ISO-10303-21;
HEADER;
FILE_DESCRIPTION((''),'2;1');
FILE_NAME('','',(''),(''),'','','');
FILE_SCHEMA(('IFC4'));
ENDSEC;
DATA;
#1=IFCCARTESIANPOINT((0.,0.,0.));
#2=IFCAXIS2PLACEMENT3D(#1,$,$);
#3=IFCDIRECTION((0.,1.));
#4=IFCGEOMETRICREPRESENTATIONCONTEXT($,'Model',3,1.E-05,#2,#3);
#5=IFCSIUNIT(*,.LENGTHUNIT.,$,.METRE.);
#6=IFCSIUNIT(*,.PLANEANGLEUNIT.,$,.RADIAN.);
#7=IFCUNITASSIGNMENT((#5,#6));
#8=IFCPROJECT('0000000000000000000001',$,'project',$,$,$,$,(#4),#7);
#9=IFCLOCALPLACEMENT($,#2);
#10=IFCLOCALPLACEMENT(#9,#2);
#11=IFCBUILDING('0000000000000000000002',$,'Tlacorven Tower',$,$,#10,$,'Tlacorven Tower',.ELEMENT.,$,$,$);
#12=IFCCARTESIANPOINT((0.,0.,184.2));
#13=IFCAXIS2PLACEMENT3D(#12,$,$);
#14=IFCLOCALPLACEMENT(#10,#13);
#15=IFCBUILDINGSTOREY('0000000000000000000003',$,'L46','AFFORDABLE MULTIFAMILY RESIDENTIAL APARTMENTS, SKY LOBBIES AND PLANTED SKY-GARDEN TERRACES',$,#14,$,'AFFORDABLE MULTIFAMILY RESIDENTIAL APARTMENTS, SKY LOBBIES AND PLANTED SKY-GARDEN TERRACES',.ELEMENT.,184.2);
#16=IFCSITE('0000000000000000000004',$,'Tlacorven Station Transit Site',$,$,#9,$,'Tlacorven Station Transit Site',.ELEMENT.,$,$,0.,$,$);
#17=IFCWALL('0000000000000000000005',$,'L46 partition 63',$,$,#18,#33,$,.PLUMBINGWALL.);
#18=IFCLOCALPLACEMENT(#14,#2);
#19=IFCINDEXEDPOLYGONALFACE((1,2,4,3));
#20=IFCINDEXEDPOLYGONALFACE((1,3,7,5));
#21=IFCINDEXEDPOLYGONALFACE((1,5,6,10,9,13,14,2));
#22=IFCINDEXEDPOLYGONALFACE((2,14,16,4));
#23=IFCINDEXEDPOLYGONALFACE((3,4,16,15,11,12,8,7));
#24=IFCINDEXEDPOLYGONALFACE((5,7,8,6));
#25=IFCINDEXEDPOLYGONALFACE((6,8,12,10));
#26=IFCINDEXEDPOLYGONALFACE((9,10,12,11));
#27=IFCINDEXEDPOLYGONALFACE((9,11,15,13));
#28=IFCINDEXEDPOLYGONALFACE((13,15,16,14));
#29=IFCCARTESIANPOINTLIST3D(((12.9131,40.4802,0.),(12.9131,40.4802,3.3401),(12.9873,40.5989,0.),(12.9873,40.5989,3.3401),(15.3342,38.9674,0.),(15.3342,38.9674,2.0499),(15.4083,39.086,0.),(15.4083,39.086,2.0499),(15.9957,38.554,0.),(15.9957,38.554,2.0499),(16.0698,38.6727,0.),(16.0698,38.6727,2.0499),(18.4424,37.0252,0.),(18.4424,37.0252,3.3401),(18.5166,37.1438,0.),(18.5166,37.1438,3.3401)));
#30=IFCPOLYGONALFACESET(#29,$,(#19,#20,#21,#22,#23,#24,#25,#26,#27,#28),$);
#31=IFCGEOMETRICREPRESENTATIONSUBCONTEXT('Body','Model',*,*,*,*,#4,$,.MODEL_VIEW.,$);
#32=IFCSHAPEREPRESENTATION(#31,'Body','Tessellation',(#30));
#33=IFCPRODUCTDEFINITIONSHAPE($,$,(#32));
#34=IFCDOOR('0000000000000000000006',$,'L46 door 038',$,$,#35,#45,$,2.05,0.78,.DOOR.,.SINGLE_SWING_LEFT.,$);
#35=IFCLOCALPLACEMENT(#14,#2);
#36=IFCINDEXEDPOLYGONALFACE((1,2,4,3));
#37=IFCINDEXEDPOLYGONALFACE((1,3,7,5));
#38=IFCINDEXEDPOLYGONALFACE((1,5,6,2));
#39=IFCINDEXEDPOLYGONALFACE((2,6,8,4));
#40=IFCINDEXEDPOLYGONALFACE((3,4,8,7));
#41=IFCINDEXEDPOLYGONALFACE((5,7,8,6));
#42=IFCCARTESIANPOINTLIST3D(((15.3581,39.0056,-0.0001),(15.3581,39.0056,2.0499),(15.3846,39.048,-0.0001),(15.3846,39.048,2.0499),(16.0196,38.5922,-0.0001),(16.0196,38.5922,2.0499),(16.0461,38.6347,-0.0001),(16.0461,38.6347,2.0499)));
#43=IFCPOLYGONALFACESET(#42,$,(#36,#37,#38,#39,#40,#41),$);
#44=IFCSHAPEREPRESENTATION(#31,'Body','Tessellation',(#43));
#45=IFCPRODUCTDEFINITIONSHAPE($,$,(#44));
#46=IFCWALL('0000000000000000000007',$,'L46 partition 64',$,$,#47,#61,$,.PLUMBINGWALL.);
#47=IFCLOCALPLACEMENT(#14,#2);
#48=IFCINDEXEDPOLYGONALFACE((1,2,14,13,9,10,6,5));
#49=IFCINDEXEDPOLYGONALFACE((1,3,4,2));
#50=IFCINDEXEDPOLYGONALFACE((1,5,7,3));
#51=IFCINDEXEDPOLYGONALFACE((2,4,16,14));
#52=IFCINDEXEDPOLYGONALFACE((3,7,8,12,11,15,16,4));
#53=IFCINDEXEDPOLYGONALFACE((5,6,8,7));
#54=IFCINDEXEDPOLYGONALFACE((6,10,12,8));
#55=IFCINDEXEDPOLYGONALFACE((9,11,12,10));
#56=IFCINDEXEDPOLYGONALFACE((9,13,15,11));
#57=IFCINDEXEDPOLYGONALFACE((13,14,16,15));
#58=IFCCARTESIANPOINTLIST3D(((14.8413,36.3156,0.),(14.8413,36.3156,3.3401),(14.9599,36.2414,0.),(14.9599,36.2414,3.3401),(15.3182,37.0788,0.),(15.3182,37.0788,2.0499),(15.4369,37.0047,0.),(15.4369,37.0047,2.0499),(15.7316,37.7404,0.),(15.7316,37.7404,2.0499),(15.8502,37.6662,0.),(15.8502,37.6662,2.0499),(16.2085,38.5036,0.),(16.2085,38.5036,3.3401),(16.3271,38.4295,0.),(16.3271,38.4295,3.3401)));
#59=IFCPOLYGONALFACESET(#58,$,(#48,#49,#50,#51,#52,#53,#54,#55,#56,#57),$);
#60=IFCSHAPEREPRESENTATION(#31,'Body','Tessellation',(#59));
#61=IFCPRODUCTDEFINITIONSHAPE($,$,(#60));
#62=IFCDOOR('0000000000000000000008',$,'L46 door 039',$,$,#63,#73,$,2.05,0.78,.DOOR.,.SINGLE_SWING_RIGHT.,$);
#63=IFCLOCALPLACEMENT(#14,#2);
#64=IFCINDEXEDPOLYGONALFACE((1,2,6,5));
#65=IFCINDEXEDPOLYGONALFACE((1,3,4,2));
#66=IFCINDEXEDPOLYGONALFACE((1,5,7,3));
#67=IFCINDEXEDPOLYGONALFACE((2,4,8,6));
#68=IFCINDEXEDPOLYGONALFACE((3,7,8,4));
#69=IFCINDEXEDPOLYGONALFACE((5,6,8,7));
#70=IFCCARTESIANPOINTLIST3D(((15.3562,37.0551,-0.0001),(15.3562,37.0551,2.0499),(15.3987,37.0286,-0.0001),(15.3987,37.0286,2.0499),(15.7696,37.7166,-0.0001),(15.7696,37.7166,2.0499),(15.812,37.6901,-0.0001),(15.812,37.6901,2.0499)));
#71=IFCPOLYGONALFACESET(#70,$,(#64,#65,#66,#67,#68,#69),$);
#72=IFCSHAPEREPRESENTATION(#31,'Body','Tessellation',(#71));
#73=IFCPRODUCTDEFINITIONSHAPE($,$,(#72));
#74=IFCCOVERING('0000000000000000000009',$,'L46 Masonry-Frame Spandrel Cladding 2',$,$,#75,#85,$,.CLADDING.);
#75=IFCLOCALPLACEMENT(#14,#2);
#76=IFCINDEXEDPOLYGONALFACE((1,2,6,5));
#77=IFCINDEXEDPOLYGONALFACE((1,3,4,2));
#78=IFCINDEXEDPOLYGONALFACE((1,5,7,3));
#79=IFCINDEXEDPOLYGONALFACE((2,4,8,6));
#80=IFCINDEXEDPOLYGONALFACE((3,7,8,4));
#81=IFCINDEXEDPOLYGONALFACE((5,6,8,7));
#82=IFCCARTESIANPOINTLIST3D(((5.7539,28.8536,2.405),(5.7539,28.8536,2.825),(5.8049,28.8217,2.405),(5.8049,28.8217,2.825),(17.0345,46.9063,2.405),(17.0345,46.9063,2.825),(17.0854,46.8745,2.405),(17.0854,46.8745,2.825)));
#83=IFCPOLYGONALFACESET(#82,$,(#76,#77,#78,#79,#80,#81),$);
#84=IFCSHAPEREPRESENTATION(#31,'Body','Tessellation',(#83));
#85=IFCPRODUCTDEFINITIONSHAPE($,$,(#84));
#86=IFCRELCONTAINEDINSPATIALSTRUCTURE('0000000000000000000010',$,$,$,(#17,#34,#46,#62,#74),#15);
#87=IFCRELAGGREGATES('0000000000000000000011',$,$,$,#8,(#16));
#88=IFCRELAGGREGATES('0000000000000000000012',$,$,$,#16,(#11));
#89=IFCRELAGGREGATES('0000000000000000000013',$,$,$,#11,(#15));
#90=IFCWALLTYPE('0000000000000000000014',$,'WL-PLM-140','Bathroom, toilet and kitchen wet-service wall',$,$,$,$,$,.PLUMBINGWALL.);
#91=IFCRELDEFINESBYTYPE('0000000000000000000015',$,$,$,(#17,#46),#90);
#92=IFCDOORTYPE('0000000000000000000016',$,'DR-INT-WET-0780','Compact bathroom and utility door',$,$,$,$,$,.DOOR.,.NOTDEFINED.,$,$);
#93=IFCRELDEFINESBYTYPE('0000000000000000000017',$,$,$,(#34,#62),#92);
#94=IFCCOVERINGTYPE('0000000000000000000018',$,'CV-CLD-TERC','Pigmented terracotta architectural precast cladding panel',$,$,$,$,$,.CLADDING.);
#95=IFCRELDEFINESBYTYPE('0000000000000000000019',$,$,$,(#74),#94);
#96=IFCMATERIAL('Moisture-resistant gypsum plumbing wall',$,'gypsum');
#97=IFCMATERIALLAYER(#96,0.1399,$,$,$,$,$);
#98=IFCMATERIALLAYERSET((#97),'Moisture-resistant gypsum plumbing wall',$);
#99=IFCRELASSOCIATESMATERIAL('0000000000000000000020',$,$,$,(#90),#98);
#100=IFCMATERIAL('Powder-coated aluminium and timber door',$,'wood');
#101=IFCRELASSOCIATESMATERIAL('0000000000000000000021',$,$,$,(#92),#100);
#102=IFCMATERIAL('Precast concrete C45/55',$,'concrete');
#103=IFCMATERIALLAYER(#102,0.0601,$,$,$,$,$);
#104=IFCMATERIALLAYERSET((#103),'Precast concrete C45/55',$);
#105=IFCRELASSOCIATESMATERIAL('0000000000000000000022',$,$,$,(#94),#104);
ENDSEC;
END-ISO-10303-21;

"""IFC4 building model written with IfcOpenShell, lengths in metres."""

from ifc_helpers import new_model, si_unit, direction, frame, frame_2d, origin, origin_2d, place, context, subcontext, project, spatial, rectangle, extrude, source, transform, mapped, material, layer, layer_set, type_object, element, fill, save


model = new_model("IFC4")

# Units and contexts
model_context = context("Model", 3, precision=1e-05, world=origin(), true_north=direction((0.0, 1.0)))
body_context = subcontext(model_context, "Body", "Model", "MODEL_VIEW")
ifc_project = project(units=[si_unit("LENGTHUNIT", "METRE"), si_unit("PLANEANGLEUNIT", "RADIAN")], contexts=[model_context])

# Site, building, storey
site_placement = place(None, origin())
site = spatial("IfcSite", under=ifc_project, at=site_placement, Name="Tlacorven Station Transit Site", LongName="Tlacorven Station Transit Site", CompositionType="ELEMENT", RefElevation=0.0)
building_placement = place(site_placement, origin())
building = spatial("IfcBuilding", under=site, at=building_placement, Name="Tlacorven Tower", LongName="Tlacorven Tower", CompositionType="ELEMENT")
storey_placement = place(building_placement, frame((0.0, 0.0, 184.2)))
storey = spatial("IfcBuildingStorey", under=building, at=storey_placement, Name="L46", Description="AFFORDABLE MULTIFAMILY RESIDENTIAL APARTMENTS, SKY LOBBIES AND PLANTED SKY-GARDEN TERRACES", LongName="AFFORDABLE MULTIFAMILY RESIDENTIAL APARTMENTS, SKY LOBBIES AND PLANTED SKY-GARDEN TERRACES", CompositionType="ELEMENT", Elevation=184.2)

# Walls, openings, doors
ifc_material_1 = material(Name="Moisture-resistant gypsum plumbing wall", Category="gypsum")
ifc_layer_1 = layer(ifc_material_1, 0.1399)
ifc_layer_set_1 = layer_set([ifc_layer_1], Name="Moisture-resistant gypsum plumbing wall")
wall_type_1 = type_object("IfcWallType", Name="WL-PLM-140", Description="Bathroom, toilet and kitchen wet-service wall", PredefinedType="PLUMBINGWALL", material=ifc_layer_set_1)
wall_1_placement = place(storey_placement, frame((18.4795, 37.0845, 0.0), z_axis=(0.0, 0.0, 1.0), x_axis=(-0.848049, 0.529918, 0.0)))
wall_1 = element("IfcWall", 1, at=wall_1_placement, inside=storey, type_object=wall_type_1, Name="L46 partition 63", PredefinedType="PLUMBINGWALL", context=body_context, shape_type="SweptSolid", body=[
    extrude(rectangle(XDim=6.52, YDim=0.1399, at=frame_2d((3.26, 0.0))), origin(), (0.0, 0.0, 1.0), 3.3401),
])
opening_1_placement = place(wall_1_placement, frame((2.885, 0.0, 0.0)))
opening_1 = element("IfcOpeningElement", 2, at=opening_1_placement, cuts=wall_1, PredefinedType="OPENING", context=body_context, shape_type="SweptSolid", body=[
    extrude(rectangle(XDim=0.78, YDim=2.05, at=frame_2d((0.3901, 1.0249))), frame((0.0, 0.0801, 0.0), z_axis=(0.0, -1.0, 0.0), x_axis=(1.0, 0.0, 0.0)), (0.0, 0.0, 1.0), 0.1599),
])
ifc_material_2 = material(Name="Powder-coated aluminium and timber door", Category="wood")
door_type = type_object("IfcDoorType", Name="DR-INT-WET-0780", Description="Compact bathroom and utility door", OperationType="NOTDEFINED", PredefinedType="DOOR", material=ifc_material_2)
shared_shape_1 = source(origin(), body_context, "Body", "SweptSolid", [
    extrude(rectangle(XDim=0.78, YDim=2.05, at=frame_2d((0.3901, 1.0249))), frame((0.0, 0.0249, 0.0), z_axis=(0.0, -1.0, 0.0), x_axis=(1.0, 0.0, 0.0)), (0.0, 0.0, 1.0), 0.05),
])
door_1_placement = place(opening_1_placement, origin())
door_1 = element("IfcDoor", 3, at=door_1_placement, inside=storey, type_object=door_type, Name="L46 door 038", OperationType="SINGLE_SWING_LEFT", OverallHeight=2.05, OverallWidth=0.78, PredefinedType="DOOR", context=body_context, shape_type="MappedRepresentation", body=[
    mapped(shared_shape_1, transform((0.0, 0.0, 0.0), scale=1.0)),
])
fill(opening_1, door_1)
wall_2_placement = place(storey_placement, frame((16.2678, 38.4666, 0.0), z_axis=(0.0, 0.0, 1.0), x_axis=(-0.529914, -0.848051, 0.0)))
wall_2 = element("IfcWall", 4, at=wall_2_placement, inside=storey, type_object=wall_type_1, Name="L46 partition 64", PredefinedType="PLUMBINGWALL", context=body_context, shape_type="SweptSolid", body=[
    extrude(rectangle(XDim=2.5801, YDim=0.1399, at=frame_2d((1.29, 0.0))), origin(), (0.0, 0.0, 1.0), 3.3401),
])
opening_2_placement = place(wall_2_placement, frame((0.8999, 0.0, 0.0)))
opening_2 = element("IfcOpeningElement", 5, at=opening_2_placement, cuts=wall_2, PredefinedType="OPENING", context=body_context, shape_type="SweptSolid", body=[
    extrude(rectangle(XDim=0.78, YDim=2.05, at=frame_2d((0.3901, 1.0249))), frame((0.0, 0.0801, 0.0), z_axis=(0.0, -1.0, 0.0), x_axis=(1.0, 0.0, 0.0)), (0.0, 0.0, 1.0), 0.1599),
])
door_2_placement = place(opening_2_placement, origin())
door_2 = element("IfcDoor", 6, at=door_2_placement, inside=storey, type_object=door_type, Name="L46 door 039", OperationType="SINGLE_SWING_RIGHT", OverallHeight=2.05, OverallWidth=0.78, PredefinedType="DOOR", context=body_context, shape_type="MappedRepresentation", body=[
    mapped(shared_shape_1, transform((0.0, 0.0, 0.0), scale=1.0)),
])
fill(opening_2, door_2)

# Covering
ifc_material_3 = material(Name="Precast concrete C45/55", Category="concrete")
ifc_layer_2 = layer(ifc_material_3, 0.0601)
ifc_layer_set_2 = layer_set([ifc_layer_2], Name="Precast concrete C45/55")
covering_type = type_object("IfcCoveringType", Name="CV-CLD-TERC", Description="Pigmented terracotta architectural precast cladding panel", PredefinedType="CLADDING", material=ifc_layer_set_2)
shared_shape_2 = source(origin(), body_context, "Body", "SweptSolid", [
    extrude(rectangle(XDim=21.2874, YDim=0.0601, at=origin_2d()), origin(), (0.0, 0.0, 1.0), 0.4199),
])
covering_placement = place(storey_placement, frame((11.4197, 37.864, 2.405), z_axis=(0.0, 0.0, 1.0), x_axis=(0.529919, 0.848048, 0.0)))
element("IfcCovering", 7, at=covering_placement, inside=storey, type_object=covering_type, Name="L46 Masonry-Frame Spandrel Cladding 2", PredefinedType="CLADDING", context=body_context, shape_type="MappedRepresentation", body=[
    mapped(shared_shape_2, transform((0.0, 0.0, 0.0), scale=1.0)),
])

save(model, "model.ifc")
